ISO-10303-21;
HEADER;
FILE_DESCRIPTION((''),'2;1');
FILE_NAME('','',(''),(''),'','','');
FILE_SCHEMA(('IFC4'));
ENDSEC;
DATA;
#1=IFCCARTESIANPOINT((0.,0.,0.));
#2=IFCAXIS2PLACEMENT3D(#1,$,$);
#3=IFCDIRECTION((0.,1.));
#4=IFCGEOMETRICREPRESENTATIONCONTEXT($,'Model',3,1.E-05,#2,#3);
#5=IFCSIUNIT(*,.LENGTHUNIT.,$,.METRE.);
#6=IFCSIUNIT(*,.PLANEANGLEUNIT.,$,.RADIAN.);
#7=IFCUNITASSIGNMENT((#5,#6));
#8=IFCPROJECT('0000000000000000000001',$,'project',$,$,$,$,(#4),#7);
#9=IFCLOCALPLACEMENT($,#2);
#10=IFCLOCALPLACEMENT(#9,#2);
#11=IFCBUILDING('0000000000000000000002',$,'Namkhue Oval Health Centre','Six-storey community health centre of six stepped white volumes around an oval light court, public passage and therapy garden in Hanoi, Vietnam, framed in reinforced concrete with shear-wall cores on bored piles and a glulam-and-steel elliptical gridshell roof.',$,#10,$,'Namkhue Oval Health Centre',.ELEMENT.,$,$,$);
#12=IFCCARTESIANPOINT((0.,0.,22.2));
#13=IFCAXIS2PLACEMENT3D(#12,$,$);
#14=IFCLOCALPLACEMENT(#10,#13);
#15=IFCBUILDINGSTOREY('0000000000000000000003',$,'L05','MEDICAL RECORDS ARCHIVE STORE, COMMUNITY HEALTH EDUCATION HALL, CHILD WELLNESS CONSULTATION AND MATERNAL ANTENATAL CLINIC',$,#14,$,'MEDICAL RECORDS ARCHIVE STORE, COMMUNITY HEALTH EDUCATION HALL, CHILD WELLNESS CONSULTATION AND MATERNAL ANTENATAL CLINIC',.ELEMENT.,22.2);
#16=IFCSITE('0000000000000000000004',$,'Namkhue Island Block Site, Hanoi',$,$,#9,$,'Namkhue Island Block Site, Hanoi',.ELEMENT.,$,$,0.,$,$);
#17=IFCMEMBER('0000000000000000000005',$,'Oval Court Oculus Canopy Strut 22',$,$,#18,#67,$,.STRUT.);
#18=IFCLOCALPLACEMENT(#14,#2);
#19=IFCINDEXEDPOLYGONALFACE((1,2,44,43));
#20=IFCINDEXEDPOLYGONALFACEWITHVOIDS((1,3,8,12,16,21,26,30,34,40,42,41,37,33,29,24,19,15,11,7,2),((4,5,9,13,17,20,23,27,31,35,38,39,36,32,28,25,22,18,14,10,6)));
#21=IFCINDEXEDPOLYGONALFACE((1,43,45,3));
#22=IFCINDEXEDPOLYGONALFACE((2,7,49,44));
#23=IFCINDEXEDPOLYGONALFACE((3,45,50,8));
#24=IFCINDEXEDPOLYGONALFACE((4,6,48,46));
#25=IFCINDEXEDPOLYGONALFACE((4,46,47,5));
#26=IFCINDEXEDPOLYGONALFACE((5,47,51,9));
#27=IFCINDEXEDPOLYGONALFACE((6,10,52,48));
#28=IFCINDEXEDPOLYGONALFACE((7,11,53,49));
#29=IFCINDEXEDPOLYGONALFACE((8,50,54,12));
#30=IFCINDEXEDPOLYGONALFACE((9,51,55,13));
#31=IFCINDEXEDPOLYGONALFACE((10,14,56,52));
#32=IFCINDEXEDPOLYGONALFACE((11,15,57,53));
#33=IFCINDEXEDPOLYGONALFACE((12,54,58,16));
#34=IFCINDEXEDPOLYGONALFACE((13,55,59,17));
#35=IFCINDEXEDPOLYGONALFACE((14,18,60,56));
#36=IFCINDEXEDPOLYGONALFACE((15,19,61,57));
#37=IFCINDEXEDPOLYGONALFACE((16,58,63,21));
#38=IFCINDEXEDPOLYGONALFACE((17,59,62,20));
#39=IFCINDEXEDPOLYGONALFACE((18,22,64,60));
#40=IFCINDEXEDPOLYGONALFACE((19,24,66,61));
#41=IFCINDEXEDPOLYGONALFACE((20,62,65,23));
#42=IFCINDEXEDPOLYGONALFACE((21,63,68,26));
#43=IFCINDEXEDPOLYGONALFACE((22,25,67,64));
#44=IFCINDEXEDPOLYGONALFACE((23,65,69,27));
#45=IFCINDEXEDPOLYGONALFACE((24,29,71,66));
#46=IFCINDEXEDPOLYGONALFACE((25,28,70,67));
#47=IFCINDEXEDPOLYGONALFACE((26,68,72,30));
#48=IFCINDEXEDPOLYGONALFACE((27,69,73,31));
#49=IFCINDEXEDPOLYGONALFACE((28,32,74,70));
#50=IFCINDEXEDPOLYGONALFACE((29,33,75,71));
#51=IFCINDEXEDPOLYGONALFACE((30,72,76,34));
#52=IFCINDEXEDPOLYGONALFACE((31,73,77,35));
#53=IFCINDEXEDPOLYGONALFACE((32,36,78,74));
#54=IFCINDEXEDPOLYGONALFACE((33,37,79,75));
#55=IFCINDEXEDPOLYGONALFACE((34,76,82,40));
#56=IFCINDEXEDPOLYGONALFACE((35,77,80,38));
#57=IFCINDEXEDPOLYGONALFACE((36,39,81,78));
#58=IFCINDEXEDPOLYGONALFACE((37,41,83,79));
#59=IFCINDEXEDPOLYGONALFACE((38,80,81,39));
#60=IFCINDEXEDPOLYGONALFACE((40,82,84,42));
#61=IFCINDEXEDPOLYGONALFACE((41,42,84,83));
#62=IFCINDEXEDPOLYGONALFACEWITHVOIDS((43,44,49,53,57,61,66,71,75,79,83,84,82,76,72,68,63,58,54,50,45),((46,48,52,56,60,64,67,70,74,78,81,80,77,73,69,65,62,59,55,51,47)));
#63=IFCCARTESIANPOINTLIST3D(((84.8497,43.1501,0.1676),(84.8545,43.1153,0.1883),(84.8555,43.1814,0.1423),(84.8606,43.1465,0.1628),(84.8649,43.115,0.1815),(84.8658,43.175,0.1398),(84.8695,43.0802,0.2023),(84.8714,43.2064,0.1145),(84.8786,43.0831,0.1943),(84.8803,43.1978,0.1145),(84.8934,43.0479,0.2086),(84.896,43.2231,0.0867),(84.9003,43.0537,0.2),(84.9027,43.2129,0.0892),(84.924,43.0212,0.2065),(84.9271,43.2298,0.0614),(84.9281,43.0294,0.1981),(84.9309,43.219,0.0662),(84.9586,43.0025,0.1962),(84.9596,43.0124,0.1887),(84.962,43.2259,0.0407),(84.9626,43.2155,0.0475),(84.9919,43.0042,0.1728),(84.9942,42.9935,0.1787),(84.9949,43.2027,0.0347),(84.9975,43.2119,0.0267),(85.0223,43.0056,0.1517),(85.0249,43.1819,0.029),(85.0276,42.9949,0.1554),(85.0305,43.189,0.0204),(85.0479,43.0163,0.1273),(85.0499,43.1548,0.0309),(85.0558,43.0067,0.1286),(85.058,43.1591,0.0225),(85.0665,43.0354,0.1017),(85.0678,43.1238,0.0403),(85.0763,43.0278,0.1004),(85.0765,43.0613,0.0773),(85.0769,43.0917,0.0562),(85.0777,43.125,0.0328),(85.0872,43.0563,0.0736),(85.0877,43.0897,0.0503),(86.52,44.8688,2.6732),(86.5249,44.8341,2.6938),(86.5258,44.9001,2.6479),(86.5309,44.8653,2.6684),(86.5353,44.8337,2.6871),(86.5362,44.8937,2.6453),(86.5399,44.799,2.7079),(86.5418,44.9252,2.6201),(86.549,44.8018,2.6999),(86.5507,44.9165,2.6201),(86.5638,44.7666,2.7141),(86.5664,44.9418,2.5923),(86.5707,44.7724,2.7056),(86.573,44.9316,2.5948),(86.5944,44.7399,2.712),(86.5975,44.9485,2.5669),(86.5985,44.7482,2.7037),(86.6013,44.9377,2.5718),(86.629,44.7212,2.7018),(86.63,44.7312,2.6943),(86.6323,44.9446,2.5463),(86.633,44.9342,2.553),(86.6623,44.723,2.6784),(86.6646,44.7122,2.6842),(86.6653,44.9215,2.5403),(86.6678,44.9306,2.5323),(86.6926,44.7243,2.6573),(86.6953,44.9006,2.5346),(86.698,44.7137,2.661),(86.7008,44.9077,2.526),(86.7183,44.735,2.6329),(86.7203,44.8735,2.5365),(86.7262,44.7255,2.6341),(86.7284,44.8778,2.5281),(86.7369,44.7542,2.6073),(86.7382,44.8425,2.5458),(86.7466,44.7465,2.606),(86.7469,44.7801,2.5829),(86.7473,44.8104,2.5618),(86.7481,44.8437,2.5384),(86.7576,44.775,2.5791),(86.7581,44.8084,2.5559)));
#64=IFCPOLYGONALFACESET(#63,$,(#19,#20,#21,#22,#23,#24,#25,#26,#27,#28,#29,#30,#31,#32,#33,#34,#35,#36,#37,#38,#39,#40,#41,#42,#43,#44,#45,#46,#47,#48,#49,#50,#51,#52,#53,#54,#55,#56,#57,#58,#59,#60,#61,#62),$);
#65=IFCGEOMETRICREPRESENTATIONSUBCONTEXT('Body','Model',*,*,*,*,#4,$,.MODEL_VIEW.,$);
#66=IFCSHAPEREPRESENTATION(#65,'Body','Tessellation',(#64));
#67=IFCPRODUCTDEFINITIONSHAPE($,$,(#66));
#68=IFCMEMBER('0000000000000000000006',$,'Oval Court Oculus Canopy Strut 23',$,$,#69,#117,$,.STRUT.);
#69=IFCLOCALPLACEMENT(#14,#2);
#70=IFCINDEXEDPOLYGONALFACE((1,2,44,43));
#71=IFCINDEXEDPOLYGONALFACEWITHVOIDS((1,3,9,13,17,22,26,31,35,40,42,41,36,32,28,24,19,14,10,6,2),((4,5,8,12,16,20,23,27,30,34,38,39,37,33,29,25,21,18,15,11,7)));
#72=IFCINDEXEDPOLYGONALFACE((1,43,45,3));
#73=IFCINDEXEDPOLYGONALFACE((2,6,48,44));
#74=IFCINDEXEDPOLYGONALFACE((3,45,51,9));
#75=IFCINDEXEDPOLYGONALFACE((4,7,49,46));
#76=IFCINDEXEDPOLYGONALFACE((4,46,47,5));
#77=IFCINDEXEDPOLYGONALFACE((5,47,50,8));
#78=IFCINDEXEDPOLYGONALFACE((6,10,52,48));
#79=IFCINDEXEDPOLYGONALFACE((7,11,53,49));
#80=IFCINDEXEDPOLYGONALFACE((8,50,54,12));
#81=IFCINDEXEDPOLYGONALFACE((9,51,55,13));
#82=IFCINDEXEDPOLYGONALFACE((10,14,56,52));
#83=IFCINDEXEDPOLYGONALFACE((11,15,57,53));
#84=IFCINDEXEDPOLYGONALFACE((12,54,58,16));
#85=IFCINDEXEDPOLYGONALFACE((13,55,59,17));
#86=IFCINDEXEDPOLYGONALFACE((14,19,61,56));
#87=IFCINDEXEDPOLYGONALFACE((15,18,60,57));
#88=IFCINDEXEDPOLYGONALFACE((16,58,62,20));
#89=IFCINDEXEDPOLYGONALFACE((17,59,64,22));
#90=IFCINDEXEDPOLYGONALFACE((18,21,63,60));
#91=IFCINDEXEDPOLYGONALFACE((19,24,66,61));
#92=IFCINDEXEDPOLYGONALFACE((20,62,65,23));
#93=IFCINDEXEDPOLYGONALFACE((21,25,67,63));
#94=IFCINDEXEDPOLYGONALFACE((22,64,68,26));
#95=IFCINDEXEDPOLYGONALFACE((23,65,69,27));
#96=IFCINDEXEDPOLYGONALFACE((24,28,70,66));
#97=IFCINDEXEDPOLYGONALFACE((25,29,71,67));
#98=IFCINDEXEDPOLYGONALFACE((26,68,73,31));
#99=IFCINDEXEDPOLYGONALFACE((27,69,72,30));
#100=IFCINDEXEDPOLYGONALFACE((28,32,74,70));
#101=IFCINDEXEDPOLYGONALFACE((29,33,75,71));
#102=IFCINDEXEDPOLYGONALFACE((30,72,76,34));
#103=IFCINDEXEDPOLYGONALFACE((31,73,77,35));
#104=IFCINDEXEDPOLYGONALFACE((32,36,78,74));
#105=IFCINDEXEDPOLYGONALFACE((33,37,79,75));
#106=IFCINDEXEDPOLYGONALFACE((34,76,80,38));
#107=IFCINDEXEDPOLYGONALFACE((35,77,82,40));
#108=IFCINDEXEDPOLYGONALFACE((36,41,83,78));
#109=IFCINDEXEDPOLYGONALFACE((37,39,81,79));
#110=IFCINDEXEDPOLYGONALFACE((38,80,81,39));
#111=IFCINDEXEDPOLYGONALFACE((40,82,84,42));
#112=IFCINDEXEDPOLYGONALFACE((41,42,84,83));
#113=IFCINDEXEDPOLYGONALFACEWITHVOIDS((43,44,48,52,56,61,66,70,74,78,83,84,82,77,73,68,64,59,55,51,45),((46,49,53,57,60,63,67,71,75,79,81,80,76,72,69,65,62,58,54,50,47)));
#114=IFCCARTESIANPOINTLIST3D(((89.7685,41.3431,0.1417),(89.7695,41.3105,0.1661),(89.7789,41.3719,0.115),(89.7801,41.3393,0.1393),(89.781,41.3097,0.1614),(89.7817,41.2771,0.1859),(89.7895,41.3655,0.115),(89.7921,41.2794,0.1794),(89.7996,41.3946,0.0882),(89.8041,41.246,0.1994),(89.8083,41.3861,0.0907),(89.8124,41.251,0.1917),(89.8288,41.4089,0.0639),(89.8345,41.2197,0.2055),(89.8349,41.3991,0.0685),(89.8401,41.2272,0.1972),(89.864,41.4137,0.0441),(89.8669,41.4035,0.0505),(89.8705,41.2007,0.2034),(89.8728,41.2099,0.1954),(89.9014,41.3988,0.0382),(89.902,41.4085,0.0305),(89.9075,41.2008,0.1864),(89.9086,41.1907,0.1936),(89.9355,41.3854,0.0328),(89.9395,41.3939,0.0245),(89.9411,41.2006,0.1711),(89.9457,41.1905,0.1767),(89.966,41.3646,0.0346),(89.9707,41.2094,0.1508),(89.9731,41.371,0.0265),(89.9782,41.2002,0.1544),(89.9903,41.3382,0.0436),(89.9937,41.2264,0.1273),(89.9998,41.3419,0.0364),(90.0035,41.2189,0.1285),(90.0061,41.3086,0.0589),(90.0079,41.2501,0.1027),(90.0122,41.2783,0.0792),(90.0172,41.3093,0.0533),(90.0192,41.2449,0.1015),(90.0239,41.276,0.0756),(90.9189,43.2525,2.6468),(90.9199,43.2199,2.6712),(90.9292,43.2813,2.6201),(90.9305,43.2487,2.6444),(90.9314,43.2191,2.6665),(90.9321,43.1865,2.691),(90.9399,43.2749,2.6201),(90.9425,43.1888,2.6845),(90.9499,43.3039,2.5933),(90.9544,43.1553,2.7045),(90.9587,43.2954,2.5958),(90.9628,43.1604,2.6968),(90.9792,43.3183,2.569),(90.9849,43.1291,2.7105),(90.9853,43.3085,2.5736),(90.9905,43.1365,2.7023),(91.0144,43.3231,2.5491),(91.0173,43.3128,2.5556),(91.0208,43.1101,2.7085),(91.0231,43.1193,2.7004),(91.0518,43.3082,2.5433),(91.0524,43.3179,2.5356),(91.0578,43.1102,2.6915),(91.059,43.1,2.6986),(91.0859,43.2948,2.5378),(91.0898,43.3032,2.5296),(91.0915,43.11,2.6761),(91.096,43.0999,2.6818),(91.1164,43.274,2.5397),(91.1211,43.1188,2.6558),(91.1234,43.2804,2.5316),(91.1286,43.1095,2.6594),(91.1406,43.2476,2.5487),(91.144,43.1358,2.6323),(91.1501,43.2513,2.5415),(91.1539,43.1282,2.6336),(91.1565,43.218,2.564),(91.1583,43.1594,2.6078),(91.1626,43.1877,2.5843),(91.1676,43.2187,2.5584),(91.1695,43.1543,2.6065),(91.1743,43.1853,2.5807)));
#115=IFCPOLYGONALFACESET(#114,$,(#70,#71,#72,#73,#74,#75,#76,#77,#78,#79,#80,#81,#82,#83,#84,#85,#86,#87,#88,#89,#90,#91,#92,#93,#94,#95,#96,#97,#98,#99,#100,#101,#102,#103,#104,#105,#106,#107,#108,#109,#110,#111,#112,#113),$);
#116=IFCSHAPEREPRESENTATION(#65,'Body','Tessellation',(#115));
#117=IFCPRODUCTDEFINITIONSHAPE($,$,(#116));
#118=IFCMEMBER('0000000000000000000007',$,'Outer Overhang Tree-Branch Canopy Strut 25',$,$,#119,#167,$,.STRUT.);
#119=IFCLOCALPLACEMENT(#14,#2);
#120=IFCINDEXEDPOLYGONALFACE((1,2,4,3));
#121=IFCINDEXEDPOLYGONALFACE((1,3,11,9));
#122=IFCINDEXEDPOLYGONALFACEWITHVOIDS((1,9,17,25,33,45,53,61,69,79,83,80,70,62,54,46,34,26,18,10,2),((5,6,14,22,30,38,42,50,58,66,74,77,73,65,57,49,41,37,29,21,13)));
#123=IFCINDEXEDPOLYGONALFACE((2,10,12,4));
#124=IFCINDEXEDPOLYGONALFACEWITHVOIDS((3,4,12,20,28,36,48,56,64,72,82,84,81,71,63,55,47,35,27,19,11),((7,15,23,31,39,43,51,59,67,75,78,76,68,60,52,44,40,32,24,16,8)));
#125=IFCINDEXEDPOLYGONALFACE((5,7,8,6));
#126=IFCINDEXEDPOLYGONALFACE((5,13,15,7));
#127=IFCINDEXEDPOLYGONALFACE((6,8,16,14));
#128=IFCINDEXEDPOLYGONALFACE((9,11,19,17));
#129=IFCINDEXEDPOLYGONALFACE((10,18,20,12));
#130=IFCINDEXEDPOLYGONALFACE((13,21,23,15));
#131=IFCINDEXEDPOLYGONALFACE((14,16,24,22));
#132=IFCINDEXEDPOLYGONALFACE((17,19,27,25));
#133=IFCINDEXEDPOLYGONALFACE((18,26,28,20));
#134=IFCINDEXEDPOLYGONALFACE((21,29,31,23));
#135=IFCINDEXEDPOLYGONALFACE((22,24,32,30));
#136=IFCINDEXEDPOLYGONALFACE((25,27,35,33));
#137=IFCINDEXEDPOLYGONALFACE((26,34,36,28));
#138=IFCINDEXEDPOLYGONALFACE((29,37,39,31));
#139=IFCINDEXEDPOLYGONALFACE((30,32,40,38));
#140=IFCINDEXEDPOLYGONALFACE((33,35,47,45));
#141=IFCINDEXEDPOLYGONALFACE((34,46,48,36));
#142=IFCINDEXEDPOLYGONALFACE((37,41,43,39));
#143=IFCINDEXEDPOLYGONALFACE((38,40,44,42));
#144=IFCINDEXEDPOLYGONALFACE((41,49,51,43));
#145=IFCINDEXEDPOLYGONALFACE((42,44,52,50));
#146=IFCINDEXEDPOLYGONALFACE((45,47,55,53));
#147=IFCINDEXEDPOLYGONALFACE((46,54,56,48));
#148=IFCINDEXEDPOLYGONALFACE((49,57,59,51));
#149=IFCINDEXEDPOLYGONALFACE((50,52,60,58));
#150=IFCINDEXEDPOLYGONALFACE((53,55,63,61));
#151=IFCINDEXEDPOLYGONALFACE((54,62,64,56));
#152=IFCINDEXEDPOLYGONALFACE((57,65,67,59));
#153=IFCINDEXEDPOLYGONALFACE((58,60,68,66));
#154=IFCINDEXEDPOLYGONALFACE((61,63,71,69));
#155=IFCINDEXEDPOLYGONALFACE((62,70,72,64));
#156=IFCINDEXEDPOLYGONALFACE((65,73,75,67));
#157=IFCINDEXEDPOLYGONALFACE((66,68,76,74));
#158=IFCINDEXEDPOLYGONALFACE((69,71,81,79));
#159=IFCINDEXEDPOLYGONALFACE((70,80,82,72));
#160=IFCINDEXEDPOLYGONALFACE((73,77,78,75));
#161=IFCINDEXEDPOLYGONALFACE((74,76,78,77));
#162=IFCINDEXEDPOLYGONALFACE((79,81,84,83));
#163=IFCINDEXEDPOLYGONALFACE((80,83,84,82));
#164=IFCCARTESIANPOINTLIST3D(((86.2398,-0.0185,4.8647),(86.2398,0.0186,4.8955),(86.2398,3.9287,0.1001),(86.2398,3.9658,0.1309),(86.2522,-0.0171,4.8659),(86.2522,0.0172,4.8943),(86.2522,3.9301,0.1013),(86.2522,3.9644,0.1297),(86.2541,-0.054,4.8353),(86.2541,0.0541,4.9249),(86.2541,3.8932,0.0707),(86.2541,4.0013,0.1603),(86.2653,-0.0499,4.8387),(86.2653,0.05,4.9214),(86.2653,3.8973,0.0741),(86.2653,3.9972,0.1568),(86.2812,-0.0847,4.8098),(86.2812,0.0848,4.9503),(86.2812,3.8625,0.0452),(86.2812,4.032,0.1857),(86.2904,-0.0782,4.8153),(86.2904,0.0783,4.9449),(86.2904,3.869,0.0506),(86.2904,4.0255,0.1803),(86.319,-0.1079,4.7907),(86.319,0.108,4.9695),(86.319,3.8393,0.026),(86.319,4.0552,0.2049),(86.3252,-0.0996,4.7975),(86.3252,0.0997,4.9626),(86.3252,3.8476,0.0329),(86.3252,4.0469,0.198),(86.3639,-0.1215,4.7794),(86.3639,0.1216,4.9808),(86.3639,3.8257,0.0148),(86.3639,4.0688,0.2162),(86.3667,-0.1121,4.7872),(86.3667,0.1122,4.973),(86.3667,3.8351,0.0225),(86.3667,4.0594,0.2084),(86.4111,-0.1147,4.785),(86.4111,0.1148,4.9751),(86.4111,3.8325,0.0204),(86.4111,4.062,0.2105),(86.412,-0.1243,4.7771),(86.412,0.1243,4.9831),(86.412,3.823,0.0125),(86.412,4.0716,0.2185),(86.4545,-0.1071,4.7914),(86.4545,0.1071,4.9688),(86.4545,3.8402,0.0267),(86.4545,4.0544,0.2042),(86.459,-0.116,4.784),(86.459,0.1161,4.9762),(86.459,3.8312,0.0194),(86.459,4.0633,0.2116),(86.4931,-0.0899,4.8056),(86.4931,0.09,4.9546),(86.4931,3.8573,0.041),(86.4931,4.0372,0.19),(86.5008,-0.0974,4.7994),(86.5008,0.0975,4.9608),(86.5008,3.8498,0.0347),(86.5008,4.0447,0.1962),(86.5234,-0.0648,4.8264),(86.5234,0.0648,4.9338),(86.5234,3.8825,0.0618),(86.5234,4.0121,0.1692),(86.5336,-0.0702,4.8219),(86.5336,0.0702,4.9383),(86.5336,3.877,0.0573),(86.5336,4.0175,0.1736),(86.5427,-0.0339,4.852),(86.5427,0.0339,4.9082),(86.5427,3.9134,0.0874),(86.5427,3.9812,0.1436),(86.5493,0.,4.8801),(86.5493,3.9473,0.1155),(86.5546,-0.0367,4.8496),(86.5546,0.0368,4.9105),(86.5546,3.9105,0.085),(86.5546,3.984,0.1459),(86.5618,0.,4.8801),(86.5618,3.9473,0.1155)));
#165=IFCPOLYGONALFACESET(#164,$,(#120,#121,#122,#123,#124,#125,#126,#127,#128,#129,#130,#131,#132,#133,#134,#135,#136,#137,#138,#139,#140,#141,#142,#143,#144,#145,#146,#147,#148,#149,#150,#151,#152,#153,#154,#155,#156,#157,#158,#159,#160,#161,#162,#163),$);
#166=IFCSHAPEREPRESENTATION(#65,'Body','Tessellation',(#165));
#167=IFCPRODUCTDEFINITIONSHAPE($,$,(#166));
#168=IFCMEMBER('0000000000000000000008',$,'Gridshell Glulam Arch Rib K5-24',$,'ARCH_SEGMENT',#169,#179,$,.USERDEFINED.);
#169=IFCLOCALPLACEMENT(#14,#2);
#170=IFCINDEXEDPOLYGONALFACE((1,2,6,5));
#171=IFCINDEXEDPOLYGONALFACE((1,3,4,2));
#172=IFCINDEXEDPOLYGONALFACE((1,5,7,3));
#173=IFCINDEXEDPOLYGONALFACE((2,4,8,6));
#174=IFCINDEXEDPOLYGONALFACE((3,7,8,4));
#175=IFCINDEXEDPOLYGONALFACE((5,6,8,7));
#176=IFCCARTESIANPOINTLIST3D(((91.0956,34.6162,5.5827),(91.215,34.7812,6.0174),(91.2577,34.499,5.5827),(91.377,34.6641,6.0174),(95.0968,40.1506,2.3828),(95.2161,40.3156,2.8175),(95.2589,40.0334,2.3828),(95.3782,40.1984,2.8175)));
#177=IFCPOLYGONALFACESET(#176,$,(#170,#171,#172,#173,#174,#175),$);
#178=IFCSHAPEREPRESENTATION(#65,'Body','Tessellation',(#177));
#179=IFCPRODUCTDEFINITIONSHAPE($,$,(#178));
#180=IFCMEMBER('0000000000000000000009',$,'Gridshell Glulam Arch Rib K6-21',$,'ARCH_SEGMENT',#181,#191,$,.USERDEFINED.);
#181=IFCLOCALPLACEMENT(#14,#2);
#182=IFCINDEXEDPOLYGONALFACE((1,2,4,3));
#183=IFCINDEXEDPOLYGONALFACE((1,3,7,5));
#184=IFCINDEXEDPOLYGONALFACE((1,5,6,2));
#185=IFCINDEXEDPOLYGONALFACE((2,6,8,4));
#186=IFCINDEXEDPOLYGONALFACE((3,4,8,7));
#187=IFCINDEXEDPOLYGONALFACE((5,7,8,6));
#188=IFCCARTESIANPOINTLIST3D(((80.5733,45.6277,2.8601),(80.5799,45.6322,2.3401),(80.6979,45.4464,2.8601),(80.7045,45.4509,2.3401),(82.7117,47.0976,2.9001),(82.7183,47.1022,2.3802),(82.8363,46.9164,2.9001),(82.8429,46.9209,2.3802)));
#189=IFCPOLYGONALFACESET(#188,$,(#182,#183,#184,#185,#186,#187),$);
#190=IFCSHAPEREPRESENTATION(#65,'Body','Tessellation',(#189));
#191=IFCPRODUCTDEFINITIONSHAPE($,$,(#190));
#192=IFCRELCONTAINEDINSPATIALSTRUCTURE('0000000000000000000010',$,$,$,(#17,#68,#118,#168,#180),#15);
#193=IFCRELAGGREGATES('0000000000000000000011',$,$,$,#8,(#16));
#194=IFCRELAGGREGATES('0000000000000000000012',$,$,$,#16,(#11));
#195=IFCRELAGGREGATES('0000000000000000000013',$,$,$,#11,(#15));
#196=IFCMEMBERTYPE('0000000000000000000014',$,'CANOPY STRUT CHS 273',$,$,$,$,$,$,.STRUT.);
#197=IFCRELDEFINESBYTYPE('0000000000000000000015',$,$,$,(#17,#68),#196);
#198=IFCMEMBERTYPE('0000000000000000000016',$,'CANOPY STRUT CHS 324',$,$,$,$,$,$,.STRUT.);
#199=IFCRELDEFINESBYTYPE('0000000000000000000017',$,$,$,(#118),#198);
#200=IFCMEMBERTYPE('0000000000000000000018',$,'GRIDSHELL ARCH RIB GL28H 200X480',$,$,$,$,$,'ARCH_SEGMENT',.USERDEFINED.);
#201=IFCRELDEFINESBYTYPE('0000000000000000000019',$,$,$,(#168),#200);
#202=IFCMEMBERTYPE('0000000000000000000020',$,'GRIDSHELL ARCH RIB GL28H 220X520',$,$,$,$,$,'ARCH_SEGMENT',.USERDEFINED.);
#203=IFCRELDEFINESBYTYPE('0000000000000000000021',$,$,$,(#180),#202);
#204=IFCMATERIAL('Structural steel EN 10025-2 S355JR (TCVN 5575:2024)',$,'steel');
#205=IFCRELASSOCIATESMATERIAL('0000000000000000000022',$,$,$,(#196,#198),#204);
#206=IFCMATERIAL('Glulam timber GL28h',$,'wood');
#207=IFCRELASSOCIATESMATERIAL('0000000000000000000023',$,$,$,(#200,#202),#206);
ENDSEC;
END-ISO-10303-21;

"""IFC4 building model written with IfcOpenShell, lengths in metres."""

from ifc_helpers import new_model, si_unit, direction, frame, origin, origin_2d, place, context, subcontext, project, spatial, rectangle, hollow_circle, extrude, material, material_profile, profile_set, type_object, element, save


model = new_model("IFC4")

# Units and contexts
model_context = context("Model", 3, precision=1e-05, world=origin(), true_north=direction((0.0, 1.0)))
body_context = subcontext(model_context, "Body", "Model", "MODEL_VIEW")
ifc_project = project(units=[si_unit("LENGTHUNIT", "METRE"), si_unit("PLANEANGLEUNIT", "RADIAN")], contexts=[model_context])

# Site, building, storey
site_placement = place(None, origin())
site = spatial("IfcSite", under=ifc_project, at=site_placement, Name="Namkhue Island Block Site, Hanoi", LongName="Namkhue Island Block Site, Hanoi", CompositionType="ELEMENT", RefElevation=0.0)
building_placement = place(site_placement, origin())
building = spatial("IfcBuilding", under=site, at=building_placement, Name="Namkhue Oval Health Centre", Description="Six-storey community health centre of six stepped white volumes around an oval light court, public passage and therapy garden in Hanoi, Vietnam, framed in reinforced concrete with shear-wall cores on bored piles and a glulam-and-steel elliptical gridshell roof.", LongName="Namkhue Oval Health Centre", CompositionType="ELEMENT")
storey_placement = place(building_placement, frame((0.0, 0.0, 22.2)))
storey = spatial("IfcBuildingStorey", under=building, at=storey_placement, Name="L05", Description="MEDICAL RECORDS ARCHIVE STORE, COMMUNITY HEALTH EDUCATION HALL, CHILD WELLNESS CONSULTATION AND MATERNAL ANTENATAL CLINIC", LongName="MEDICAL RECORDS ARCHIVE STORE, COMMUNITY HEALTH EDUCATION HALL, CHILD WELLNESS CONSULTATION AND MATERNAL ANTENATAL CLINIC", CompositionType="ELEMENT", Elevation=22.2)

# Members
ifc_material_1 = material(Name="Structural steel EN 10025-2 S355JR (TCVN 5575:2024)", Category="steel")
ifc_material_profile_1 = material_profile(ifc_material_1, hollow_circle(Radius=0.1365, WallThickness=0.0125, at=origin_2d()), Name="CHS 273x12.5")
ifc_profile_set_1 = profile_set([ifc_material_profile_1], Name="Structural steel EN 10025-2 S355JR (TCVN 5575:2024)")
member_type_1 = type_object("IfcMemberType", Name="CANOPY STRUT CHS 273", PredefinedType="STRUT", material=ifc_profile_set_1)
member_1_placement = place(storey_placement, frame((84.9692, 43.1113, 0.1145), z_axis=(0.481755, 0.495696, 0.722632), x_axis=(-0.717119, 0.69695, 0.0)))
element("IfcMember", 1, at=member_1_placement, inside=storey, type_object=member_type_1, Name="Oval Court Oculus Canopy Strut 22", PredefinedType="STRUT", context=body_context, shape_type="SweptSolid", body=[
    extrude(hollow_circle(Radius=0.1365, WallThickness=0.0125, at=origin_2d()), origin(), (0.0, 0.0, 1.0), 3.4673),
])
member_2_placement = place(storey_placement, frame((89.8958, 41.3015, 0.115), z_axis=(0.343057, 0.569408, 0.747052), x_axis=(-0.856554, 0.516057, 0.0)))
element("IfcMember", 2, at=member_2_placement, inside=storey, type_object=member_type_1, Name="Oval Court Oculus Canopy Strut 23", PredefinedType="STRUT", context=body_context, shape_type="SweptSolid", body=[
    extrude(hollow_circle(Radius=0.1365, WallThickness=0.0125, at=origin_2d()), origin(), (0.0, 0.0, 1.0), 3.3533),
])
ifc_material_profile_2 = material_profile(ifc_material_1, hollow_circle(Radius=0.1619, WallThickness=0.0125, at=origin_2d()), Name="CHS 323.9x12.5")
ifc_profile_set_2 = profile_set([ifc_material_profile_2], Name="Structural steel EN 10025-2 S355JR (TCVN 5575:2024)")
member_type_2 = type_object("IfcMemberType", Name="CANOPY STRUT CHS 324", PredefinedType="STRUT", material=ifc_profile_set_2)
member_3_placement = place(storey_placement, frame((86.3999, 3.9473, 0.1155), z_axis=(0.0, -0.637962, 0.770068), x_axis=(1.0, 0.0, 0.0)))
element("IfcMember", 3, at=member_3_placement, inside=storey, type_object=member_type_2, Name="Outer Overhang Tree-Branch Canopy Strut 25", PredefinedType="STRUT", context=body_context, shape_type="SweptSolid", body=[
    extrude(hollow_circle(Radius=0.1619, WallThickness=0.0125, at=origin_2d()), origin(), (0.0, 0.0, 1.0), 6.1873),
])
ifc_material_2 = material(Name="Glulam timber GL28h", Category="wood")
ifc_material_profile_3 = material_profile(ifc_material_2, rectangle(XDim=0.2, YDim=0.48, at=origin_2d()), Name="GL28h 200x480")
ifc_profile_set_3 = profile_set([ifc_material_profile_3], Name="Glulam timber GL28h")
member_type_3 = type_object("IfcMemberType", Name="GRIDSHELL ARCH RIB GL28H 200X480", ElementType="ARCH_SEGMENT", PredefinedType="USERDEFINED", material=ifc_profile_set_3)
member_4_placement = place(storey_placement, frame((91.2363, 34.6401, 5.8), z_axis=(0.530537, 0.73383, -0.424293), x_axis=(-0.810392, 0.585889, 0.0)))
element("IfcMember", 4, at=member_4_placement, inside=storey, type_object=member_type_3, Name="Gridshell Glulam Arch Rib K5-24", ObjectType="ARCH_SEGMENT", PredefinedType="USERDEFINED", context=body_context, shape_type="SweptSolid", body=[
    extrude(rectangle(XDim=0.2, YDim=0.48, at=origin_2d()), origin(), (0.0, 0.0, 1.0), 7.5417),
])
ifc_material_profile_4 = material_profile(ifc_material_2, rectangle(XDim=0.22, YDim=0.52, at=origin_2d()), Name="GL28h 220x520")
ifc_profile_set_4 = profile_set([ifc_material_profile_4], Name="Glulam timber GL28h")
member_type_4 = type_object("IfcMemberType", Name="GRIDSHELL ARCH RIB GL28H 220X520", ElementType="ARCH_SEGMENT", PredefinedType="USERDEFINED", material=ifc_profile_set_4)
member_5_placement = place(storey_placement, frame((80.6389, 45.5393, 2.6001), z_axis=(0.82398, 0.566409, 0.015428), x_axis=(-0.566477, 0.824078, 0.0)))
element("IfcMember", 5, at=member_5_placement, inside=storey, type_object=member_type_4, Name="Gridshell Glulam Arch Rib K6-21", ObjectType="ARCH_SEGMENT", PredefinedType="USERDEFINED", context=body_context, shape_type="SweptSolid", body=[
    extrude(rectangle(XDim=0.22, YDim=0.52, at=origin_2d()), origin(), (0.0, 0.0, 1.0), 2.5952),
])

save(model, "model.ifc")
